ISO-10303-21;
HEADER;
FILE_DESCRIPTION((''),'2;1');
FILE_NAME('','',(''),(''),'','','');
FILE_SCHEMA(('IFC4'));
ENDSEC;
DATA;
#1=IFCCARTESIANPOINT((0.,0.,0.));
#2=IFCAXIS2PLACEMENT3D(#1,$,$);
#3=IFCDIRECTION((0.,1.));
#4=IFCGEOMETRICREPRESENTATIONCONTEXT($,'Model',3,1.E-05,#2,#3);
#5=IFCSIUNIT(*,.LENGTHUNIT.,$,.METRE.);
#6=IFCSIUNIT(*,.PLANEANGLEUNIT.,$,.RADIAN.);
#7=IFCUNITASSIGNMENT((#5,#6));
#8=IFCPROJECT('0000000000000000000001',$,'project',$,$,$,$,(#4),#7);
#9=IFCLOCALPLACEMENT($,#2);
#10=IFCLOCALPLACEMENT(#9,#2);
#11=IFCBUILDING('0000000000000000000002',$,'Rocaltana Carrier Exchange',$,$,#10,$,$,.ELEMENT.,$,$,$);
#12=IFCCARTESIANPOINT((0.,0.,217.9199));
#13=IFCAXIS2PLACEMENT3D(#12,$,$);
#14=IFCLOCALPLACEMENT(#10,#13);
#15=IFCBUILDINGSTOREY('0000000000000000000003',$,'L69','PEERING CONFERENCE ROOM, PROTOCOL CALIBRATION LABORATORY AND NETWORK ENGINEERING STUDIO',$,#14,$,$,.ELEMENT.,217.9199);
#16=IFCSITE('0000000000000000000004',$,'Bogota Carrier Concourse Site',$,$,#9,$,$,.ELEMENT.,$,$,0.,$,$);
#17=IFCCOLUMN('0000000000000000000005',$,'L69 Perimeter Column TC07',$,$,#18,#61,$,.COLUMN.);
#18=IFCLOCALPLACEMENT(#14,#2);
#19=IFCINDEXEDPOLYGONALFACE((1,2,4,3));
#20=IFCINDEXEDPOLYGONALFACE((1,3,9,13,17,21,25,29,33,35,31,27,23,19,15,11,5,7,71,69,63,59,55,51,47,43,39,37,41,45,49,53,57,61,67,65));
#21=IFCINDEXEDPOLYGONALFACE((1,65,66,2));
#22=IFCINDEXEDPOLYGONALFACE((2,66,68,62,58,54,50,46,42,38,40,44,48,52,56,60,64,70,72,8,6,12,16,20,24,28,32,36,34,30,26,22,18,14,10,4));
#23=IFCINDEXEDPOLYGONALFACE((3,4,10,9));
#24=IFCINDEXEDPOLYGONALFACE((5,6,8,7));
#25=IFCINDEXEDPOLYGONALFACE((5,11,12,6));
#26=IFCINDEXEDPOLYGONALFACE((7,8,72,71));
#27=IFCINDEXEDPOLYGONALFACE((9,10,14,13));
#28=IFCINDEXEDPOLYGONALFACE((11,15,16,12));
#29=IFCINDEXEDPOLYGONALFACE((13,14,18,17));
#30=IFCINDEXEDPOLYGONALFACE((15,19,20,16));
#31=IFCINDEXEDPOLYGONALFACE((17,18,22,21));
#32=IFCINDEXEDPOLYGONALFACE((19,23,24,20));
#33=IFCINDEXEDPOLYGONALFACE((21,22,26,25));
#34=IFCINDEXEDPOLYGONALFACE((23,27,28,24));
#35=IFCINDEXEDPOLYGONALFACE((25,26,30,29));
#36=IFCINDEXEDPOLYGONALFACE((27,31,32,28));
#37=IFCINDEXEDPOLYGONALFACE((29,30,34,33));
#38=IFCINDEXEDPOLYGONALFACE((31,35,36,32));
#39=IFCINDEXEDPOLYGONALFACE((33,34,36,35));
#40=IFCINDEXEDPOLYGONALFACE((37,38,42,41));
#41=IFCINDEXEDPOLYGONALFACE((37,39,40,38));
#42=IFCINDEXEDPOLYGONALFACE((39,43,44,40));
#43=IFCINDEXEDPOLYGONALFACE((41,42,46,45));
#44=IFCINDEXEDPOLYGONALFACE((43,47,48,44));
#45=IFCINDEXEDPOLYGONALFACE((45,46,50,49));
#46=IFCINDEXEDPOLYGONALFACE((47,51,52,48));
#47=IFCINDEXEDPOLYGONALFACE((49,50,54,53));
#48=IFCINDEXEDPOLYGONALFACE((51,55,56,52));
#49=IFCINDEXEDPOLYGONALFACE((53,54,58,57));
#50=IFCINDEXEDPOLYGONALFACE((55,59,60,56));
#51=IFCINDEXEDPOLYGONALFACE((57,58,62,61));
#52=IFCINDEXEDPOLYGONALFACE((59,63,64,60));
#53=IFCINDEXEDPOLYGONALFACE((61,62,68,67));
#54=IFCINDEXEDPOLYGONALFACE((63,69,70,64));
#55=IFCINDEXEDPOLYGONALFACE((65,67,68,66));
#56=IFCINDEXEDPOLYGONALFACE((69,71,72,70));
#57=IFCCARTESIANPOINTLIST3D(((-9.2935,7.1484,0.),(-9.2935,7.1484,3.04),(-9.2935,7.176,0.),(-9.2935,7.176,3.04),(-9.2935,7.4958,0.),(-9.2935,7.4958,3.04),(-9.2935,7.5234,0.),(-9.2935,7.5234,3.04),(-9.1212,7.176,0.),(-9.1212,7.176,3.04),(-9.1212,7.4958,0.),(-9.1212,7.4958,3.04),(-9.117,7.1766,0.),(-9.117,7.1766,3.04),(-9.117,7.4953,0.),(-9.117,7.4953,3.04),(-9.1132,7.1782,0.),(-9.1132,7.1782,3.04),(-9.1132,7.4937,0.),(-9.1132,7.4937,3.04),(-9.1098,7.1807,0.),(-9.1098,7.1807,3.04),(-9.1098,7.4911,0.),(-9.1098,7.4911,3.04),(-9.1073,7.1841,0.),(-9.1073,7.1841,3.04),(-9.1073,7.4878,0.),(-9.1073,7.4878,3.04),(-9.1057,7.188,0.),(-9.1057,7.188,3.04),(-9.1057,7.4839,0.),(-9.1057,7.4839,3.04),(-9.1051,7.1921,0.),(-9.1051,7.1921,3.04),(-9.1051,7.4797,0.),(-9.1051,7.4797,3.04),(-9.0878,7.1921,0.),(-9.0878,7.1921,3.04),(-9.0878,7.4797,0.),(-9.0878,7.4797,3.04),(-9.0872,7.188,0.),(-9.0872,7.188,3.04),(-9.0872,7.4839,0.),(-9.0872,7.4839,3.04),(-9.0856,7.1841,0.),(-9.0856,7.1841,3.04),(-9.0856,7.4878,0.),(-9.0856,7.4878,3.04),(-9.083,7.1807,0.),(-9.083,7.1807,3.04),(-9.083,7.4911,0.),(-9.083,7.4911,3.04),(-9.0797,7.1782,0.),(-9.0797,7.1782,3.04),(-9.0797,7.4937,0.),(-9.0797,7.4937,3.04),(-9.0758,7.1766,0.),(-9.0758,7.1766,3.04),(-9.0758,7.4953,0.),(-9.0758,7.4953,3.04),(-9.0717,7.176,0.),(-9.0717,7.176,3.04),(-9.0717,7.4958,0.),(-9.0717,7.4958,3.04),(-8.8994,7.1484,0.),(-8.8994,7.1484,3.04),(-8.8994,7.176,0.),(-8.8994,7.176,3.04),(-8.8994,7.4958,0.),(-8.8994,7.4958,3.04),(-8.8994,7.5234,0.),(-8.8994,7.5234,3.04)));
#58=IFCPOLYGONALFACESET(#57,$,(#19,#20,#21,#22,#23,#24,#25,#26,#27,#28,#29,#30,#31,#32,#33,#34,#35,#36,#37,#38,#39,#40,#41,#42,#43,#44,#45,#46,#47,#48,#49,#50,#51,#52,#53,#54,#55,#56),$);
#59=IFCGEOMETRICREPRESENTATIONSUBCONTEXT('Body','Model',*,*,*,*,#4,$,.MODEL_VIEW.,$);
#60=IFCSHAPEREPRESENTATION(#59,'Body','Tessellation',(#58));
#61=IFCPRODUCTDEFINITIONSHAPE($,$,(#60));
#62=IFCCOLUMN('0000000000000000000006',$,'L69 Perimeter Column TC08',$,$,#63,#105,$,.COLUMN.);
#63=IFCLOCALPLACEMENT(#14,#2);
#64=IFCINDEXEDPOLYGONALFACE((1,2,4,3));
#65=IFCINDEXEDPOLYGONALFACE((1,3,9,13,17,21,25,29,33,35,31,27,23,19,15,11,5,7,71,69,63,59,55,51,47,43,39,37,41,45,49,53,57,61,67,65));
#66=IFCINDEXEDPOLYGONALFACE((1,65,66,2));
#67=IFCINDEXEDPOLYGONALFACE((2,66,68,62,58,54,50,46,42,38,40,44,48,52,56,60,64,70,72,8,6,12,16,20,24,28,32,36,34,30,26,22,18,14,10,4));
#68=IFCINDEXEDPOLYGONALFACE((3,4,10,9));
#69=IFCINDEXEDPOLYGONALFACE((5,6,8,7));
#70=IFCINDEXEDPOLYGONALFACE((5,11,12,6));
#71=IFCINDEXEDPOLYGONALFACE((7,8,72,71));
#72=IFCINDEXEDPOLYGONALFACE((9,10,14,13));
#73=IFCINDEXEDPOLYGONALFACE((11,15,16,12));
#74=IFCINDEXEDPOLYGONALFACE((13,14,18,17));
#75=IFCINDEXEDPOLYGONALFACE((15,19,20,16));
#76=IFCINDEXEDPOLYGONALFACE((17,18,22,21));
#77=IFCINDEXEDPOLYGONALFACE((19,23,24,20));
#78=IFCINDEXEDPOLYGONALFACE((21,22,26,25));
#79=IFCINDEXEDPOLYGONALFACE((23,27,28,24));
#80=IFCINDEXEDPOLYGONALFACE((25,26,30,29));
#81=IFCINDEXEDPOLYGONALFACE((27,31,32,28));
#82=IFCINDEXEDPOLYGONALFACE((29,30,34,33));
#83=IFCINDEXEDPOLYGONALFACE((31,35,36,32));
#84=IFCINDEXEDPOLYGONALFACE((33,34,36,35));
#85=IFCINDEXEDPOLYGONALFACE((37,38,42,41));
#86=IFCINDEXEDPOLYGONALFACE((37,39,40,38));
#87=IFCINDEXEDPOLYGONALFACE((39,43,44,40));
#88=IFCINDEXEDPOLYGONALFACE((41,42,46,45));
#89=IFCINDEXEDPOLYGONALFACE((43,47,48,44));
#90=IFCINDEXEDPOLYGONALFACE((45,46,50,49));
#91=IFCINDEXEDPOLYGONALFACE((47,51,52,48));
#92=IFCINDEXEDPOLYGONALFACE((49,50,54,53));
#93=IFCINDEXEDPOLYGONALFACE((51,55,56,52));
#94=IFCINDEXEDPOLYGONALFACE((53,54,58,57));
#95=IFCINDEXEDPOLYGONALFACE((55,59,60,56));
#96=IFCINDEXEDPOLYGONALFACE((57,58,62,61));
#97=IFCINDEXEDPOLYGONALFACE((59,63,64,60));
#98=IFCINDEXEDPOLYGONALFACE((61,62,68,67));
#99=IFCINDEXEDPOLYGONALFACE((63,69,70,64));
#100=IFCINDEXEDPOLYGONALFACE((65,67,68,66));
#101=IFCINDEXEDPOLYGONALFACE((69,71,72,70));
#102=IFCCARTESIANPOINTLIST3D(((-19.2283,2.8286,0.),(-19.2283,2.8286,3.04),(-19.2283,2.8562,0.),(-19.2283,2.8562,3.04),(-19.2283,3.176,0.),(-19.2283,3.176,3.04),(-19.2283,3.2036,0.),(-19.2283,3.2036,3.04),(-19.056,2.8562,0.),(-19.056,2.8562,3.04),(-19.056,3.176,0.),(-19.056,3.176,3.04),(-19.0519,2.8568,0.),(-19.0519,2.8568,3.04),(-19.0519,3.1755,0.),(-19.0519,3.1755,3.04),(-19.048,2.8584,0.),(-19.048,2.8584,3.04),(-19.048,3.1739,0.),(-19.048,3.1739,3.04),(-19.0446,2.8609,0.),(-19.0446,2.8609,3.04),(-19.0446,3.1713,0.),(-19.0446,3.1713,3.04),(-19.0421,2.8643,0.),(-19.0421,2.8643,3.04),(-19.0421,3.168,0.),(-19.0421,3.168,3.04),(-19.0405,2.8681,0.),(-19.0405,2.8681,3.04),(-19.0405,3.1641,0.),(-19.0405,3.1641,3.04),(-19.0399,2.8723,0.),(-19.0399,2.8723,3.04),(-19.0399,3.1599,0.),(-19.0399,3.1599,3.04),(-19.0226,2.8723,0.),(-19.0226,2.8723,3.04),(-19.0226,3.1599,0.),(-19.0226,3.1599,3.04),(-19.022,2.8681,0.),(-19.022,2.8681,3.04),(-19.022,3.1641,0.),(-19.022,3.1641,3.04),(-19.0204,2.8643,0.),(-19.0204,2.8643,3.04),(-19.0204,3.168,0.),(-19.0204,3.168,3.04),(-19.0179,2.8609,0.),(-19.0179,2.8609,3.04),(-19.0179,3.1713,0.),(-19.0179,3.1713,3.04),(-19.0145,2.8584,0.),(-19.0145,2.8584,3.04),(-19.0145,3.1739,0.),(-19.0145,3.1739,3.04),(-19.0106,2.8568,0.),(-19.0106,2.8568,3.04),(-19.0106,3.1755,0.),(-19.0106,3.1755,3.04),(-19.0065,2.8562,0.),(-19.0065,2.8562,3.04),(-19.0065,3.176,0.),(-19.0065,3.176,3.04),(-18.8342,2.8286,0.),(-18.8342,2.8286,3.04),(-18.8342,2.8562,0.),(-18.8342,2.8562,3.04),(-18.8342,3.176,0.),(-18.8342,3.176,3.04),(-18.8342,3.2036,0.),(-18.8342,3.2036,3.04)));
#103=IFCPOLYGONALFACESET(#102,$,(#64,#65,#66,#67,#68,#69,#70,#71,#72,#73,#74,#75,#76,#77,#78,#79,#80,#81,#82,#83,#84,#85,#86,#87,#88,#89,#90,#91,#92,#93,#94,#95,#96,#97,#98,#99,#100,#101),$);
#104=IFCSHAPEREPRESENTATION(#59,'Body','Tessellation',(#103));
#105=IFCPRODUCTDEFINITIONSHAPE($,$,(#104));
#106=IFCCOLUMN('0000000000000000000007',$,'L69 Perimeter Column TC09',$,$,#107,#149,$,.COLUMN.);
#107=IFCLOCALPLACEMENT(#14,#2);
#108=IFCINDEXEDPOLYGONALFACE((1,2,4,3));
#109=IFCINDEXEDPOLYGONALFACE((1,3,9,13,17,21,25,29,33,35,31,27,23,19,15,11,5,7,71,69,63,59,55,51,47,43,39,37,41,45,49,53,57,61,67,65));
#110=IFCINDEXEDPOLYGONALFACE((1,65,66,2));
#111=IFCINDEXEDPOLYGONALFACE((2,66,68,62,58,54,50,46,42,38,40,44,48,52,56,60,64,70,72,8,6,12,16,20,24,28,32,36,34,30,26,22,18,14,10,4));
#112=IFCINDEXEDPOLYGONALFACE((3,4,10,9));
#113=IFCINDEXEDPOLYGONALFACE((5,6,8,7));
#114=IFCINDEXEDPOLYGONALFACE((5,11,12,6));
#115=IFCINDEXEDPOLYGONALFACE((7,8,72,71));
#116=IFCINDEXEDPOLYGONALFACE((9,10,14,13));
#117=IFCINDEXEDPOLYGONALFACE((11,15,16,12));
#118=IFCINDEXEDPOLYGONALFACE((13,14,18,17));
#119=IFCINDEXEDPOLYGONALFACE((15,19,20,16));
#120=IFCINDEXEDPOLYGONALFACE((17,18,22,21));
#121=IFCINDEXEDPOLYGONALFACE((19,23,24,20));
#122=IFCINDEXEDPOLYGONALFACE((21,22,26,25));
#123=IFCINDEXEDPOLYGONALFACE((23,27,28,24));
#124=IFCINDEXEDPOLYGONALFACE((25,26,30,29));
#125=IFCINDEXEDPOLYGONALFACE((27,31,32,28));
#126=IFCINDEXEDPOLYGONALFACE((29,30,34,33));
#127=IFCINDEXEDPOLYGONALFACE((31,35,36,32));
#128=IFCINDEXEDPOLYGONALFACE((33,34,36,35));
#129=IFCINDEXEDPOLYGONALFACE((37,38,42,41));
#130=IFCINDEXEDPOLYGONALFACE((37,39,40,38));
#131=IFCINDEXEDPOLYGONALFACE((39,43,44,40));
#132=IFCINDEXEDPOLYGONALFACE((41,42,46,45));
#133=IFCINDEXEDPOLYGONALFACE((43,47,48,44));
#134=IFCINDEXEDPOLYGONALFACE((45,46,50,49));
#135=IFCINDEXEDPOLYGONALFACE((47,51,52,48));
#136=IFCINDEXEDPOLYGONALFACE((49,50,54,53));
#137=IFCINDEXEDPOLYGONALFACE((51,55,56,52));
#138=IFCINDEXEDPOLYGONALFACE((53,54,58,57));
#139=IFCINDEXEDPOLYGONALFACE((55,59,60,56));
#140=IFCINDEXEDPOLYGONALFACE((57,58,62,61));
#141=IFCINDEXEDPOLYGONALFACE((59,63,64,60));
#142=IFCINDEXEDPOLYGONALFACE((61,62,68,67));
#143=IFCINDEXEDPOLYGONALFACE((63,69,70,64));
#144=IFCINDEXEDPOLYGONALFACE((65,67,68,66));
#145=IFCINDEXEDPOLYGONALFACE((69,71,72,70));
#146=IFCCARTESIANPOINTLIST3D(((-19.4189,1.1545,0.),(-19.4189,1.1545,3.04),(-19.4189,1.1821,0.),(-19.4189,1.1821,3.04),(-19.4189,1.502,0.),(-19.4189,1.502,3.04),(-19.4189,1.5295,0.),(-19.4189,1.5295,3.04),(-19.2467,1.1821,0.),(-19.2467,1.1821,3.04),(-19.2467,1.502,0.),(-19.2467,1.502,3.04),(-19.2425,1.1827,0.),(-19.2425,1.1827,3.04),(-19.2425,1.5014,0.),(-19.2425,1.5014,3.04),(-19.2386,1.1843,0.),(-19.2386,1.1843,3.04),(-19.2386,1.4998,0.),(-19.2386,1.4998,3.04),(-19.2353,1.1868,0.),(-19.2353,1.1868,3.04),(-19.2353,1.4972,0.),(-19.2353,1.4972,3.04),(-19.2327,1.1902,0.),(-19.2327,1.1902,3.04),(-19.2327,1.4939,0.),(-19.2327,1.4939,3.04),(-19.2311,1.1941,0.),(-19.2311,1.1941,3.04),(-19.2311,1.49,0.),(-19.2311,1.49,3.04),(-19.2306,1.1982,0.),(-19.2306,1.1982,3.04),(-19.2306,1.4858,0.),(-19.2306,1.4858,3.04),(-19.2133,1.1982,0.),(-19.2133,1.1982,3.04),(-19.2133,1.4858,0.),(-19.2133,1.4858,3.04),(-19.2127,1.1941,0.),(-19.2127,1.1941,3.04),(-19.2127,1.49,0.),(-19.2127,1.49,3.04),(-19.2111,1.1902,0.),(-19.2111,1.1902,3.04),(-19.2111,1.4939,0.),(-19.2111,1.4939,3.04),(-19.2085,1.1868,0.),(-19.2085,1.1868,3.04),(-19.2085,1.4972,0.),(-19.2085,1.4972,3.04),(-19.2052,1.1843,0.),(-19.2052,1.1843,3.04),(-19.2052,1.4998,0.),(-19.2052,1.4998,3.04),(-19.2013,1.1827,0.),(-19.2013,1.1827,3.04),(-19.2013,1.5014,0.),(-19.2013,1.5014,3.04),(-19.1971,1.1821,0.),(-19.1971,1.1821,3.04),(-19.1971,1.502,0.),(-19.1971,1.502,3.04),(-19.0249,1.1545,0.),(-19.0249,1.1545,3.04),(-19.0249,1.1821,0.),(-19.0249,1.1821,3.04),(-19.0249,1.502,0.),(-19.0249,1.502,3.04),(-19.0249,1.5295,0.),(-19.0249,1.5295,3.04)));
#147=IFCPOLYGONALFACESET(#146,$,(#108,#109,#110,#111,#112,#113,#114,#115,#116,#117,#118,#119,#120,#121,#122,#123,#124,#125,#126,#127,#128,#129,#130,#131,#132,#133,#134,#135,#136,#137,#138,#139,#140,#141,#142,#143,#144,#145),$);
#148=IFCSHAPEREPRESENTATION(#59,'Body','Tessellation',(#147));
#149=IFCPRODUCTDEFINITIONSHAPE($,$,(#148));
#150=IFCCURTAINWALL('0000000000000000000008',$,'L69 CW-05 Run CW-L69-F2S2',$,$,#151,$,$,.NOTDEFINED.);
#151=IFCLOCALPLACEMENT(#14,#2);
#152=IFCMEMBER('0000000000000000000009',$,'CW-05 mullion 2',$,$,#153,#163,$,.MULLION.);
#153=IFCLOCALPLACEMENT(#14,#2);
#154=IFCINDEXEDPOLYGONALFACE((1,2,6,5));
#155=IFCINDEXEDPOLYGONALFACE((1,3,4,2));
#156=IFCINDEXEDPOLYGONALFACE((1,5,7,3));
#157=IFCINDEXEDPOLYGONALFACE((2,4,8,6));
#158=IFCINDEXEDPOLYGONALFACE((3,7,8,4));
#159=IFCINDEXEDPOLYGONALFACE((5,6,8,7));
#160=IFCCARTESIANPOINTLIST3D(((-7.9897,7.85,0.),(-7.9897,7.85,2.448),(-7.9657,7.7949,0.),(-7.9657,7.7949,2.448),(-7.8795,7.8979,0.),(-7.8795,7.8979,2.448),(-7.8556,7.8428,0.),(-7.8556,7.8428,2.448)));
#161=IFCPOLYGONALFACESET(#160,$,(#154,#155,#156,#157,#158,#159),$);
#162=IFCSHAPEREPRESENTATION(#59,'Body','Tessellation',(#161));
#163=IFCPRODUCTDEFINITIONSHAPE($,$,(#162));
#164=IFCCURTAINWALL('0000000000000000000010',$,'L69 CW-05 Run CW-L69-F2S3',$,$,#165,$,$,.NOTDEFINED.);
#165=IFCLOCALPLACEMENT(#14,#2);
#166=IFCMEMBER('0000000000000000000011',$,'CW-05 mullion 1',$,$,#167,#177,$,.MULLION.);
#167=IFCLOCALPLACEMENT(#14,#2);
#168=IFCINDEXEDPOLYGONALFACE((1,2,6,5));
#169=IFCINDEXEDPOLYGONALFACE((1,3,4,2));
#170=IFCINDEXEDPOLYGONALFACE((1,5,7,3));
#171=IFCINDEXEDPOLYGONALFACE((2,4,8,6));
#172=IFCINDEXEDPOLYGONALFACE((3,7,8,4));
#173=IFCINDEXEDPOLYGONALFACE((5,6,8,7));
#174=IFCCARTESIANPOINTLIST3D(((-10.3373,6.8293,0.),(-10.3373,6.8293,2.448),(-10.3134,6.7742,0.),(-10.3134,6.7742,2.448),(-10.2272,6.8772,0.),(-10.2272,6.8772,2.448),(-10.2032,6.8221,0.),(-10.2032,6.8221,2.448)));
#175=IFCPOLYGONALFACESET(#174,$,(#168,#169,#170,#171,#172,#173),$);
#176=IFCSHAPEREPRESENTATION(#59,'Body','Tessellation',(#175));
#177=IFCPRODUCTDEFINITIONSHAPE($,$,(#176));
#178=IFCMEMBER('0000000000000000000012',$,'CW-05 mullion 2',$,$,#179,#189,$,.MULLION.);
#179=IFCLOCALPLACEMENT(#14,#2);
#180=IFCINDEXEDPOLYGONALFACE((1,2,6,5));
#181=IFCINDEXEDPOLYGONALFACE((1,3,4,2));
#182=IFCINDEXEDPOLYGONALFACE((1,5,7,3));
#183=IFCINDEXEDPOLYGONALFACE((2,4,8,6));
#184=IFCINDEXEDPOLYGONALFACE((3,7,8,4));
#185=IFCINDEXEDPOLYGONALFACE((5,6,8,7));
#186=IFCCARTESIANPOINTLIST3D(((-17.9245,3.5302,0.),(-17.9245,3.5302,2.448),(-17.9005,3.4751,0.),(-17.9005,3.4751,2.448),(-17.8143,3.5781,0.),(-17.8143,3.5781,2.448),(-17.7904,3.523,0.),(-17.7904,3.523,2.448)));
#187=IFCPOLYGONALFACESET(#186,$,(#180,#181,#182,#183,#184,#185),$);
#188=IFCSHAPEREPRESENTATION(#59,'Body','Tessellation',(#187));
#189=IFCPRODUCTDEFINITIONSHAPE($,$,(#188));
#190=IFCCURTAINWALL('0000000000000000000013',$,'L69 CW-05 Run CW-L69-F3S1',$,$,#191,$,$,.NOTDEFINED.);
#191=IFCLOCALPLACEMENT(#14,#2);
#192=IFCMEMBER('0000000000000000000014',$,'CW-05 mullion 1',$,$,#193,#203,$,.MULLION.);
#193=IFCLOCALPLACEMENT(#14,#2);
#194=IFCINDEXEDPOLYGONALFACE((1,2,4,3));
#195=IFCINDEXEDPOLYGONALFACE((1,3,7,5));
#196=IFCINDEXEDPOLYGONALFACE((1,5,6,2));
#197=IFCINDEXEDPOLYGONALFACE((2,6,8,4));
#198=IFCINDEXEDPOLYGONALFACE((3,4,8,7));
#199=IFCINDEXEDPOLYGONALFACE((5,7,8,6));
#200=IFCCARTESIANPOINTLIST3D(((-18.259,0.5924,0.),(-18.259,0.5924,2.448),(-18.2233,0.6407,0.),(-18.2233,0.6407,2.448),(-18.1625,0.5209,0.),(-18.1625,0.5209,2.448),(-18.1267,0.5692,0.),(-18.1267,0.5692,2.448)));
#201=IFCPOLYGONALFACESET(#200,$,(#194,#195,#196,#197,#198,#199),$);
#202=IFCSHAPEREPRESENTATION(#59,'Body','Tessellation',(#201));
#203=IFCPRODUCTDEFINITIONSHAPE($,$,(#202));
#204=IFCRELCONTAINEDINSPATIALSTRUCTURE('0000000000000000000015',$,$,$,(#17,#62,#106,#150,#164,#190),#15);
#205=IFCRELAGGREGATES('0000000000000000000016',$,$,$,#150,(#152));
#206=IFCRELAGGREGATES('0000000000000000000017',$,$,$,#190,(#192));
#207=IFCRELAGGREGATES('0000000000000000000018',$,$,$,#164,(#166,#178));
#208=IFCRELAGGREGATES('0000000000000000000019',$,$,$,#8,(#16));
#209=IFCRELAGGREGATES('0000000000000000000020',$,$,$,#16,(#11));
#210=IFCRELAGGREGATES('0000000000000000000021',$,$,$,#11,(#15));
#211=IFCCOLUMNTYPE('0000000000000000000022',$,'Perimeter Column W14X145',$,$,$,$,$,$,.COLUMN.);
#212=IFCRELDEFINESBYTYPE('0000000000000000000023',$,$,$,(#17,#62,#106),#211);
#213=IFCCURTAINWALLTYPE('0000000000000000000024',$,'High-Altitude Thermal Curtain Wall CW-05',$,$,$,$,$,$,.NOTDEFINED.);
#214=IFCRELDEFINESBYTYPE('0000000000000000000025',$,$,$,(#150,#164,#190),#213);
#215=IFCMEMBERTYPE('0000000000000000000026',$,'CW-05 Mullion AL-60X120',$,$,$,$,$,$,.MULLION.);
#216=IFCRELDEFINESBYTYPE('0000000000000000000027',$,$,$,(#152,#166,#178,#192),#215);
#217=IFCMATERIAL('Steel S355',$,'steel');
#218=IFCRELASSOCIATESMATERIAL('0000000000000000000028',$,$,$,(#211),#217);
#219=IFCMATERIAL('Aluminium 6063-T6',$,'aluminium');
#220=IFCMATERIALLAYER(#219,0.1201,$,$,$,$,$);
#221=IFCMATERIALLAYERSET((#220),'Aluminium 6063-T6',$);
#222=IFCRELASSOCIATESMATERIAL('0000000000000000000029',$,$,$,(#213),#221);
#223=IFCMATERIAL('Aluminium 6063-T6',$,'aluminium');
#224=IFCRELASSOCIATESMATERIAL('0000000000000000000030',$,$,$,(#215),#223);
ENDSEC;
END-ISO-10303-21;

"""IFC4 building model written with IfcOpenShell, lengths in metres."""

from ifc_helpers import new_model, si_unit, direction, frame, origin, origin_2d, place, context, subcontext, project, spatial, rectangle, i_section, extrude, material, layer, layer_set, material_profile, profile_set, type_object, element, aggregate, save


model = new_model("IFC4")

# Units and contexts
model_context = context("Model", 3, precision=1e-05, world=origin(), true_north=direction((0.0, 1.0)))
body_context = subcontext(model_context, "Body", "Model", "MODEL_VIEW")
ifc_project = project(units=[si_unit("LENGTHUNIT", "METRE"), si_unit("PLANEANGLEUNIT", "RADIAN")], contexts=[model_context])

# Site, building, storey
site_placement = place(None, origin())
site = spatial("IfcSite", under=ifc_project, at=site_placement, Name="Bogota Carrier Concourse Site", CompositionType="ELEMENT", RefElevation=0.0)
building_placement = place(site_placement, origin())
building = spatial("IfcBuilding", under=site, at=building_placement, Name="Rocaltana Carrier Exchange", CompositionType="ELEMENT")
storey_placement = place(building_placement, frame((0.0, 0.0, 217.9199)))
storey = spatial("IfcBuildingStorey", under=building, at=storey_placement, Name="L69", Description="PEERING CONFERENCE ROOM, PROTOCOL CALIBRATION LABORATORY AND NETWORK ENGINEERING STUDIO", CompositionType="ELEMENT", Elevation=217.9199)

# Columns
ifc_material_1 = material(Name="Steel S355", Category="steel")
ifc_material_profile_1 = material_profile(ifc_material_1, i_section(OverallWidth=0.394, OverallDepth=0.375, WebThickness=0.0173, FlangeThickness=0.0276, FilletRadius=0.0161, at=origin_2d()), Name="W14X145")
ifc_profile_set_1 = profile_set([ifc_material_profile_1], Name="Steel S355")
column_type = type_object("IfcColumnType", Name="Perimeter Column W14X145", PredefinedType="COLUMN", material=ifc_profile_set_1)
for number, where, z_axis, x_axis, name in (
    (1, (-9.0964, 7.3359, 0.0), (0.0, 0.0, 1.0), (1.0, 0.0, 0.0), "L69 Perimeter Column TC07"),
    (2, (-19.0312, 3.0161, 0.0), (0.0, 0.0, 1.0), (1.0, 0.0, 0.0), "L69 Perimeter Column TC08"),
    (3, (-19.2219, 1.342, 0.0), (0.0, 0.0, 1.0), (1.0, 0.0, 0.0), "L69 Perimeter Column TC09"),
):
    element("IfcColumn", number, at=place(storey_placement, frame(where, z_axis=z_axis, x_axis=x_axis)), inside=storey, type_object=column_type, Name=name, PredefinedType="COLUMN", context=body_context, shape_type="SweptSolid", body=[
        extrude(i_section(OverallWidth=0.394, OverallDepth=0.375, WebThickness=0.0173, FlangeThickness=0.0276, FilletRadius=0.0161, at=origin_2d()), origin(), (0.0, 0.0, 1.0), 3.04),
    ])

# Curtain wall, member
ifc_material_2 = material(Name="Aluminium 6063-T6", Category="aluminium")
ifc_layer_1 = layer(ifc_material_2, 0.1201)
ifc_layer_set_1 = layer_set([ifc_layer_1], Name="Aluminium 6063-T6")
curtain_wall_type = type_object("IfcCurtainWallType", Name="High-Altitude Thermal Curtain Wall CW-05", PredefinedType="NOTDEFINED", material=ifc_layer_set_1)
curtain_wall_1_placement = place(storey_placement, origin())
curtain_wall_1 = element("IfcCurtainWall", 4, at=curtain_wall_1_placement, inside=storey, type_object=curtain_wall_type, Name="L69 CW-05 Run CW-L69-F2S2", PredefinedType="NOTDEFINED")
ifc_material_3 = material(Name="Aluminium 6063-T6", Category="aluminium")
ifc_material_profile_2 = material_profile(ifc_material_3, rectangle(XDim=0.0601, YDim=0.1201, at=origin_2d()), Name="AL-60X120")
ifc_profile_set_2 = profile_set([ifc_material_profile_2], Name="Aluminium 6063-T6")
member_type_1 = type_object("IfcMemberType", Name="CW-05 Mullion AL-60X120", PredefinedType="MULLION", material=ifc_profile_set_2)
member_1_placement = place(storey_placement, frame((-7.9226, 7.8464, 0.0), z_axis=(0.0, 0.0, 1.0), x_axis=(0.398752, -0.917059, 0.0)))
member_1 = element("IfcMember", 5, at=member_1_placement, type_object=member_type_1, Name="CW-05 mullion 2", PredefinedType="MULLION", context=body_context, shape_type="SweptSolid", body=[
    extrude(rectangle(XDim=0.0601, YDim=0.1201, at=origin_2d()), origin(), (0.0, 0.0, 1.0), 2.448),
])
aggregate(curtain_wall_1, [member_1])

# Curtain wall, members
curtain_wall_2_placement = place(storey_placement, origin())
curtain_wall_2 = element("IfcCurtainWall", 6, at=curtain_wall_2_placement, inside=storey, type_object=curtain_wall_type, Name="L69 CW-05 Run CW-L69-F2S3", PredefinedType="NOTDEFINED")
member_2_placement = place(storey_placement, frame((-10.2703, 6.8257, 0.0), z_axis=(0.0, 0.0, 1.0), x_axis=(0.398757, -0.917057, 0.0)))
member_2 = element("IfcMember", 7, at=member_2_placement, type_object=member_type_1, Name="CW-05 mullion 1", PredefinedType="MULLION", context=body_context, shape_type="SweptSolid", body=[
    extrude(rectangle(XDim=0.0601, YDim=0.1201, at=origin_2d()), origin(), (0.0, 0.0, 1.0), 2.448),
])
member_3_placement = place(storey_placement, frame((-17.8574, 3.5266, 0.0), z_axis=(0.0, 0.0, 1.0), x_axis=(0.398757, -0.917057, 0.0)))
member_3 = element("IfcMember", 8, at=member_3_placement, type_object=member_type_1, Name="CW-05 mullion 2", PredefinedType="MULLION", context=body_context, shape_type="SweptSolid", body=[
    extrude(rectangle(XDim=0.0601, YDim=0.1201, at=origin_2d()), origin(), (0.0, 0.0, 1.0), 2.448),
])

# Curtain wall, member
curtain_wall_3_placement = place(storey_placement, origin())
curtain_wall_3 = element("IfcCurtainWall", 9, at=curtain_wall_3_placement, inside=storey, type_object=curtain_wall_type, Name="L69 CW-05 Run CW-L69-F3S1", PredefinedType="NOTDEFINED")
member_4_placement = place(storey_placement, frame((-18.1929, 0.5808, 0.0), z_axis=(0.0, 0.0, 1.0), x_axis=(0.594827, 0.803854, 0.0)))
member_4 = element("IfcMember", 10, at=member_4_placement, type_object=member_type_1, Name="CW-05 mullion 1", PredefinedType="MULLION", context=body_context, shape_type="SweptSolid", body=[
    extrude(rectangle(XDim=0.0601, YDim=0.1201, at=origin_2d()), origin(), (0.0, 0.0, 1.0), 2.448),
])

aggregate(curtain_wall_3, [member_4])

aggregate(curtain_wall_2, [member_2, member_3])

save(model, "model.ifc")
